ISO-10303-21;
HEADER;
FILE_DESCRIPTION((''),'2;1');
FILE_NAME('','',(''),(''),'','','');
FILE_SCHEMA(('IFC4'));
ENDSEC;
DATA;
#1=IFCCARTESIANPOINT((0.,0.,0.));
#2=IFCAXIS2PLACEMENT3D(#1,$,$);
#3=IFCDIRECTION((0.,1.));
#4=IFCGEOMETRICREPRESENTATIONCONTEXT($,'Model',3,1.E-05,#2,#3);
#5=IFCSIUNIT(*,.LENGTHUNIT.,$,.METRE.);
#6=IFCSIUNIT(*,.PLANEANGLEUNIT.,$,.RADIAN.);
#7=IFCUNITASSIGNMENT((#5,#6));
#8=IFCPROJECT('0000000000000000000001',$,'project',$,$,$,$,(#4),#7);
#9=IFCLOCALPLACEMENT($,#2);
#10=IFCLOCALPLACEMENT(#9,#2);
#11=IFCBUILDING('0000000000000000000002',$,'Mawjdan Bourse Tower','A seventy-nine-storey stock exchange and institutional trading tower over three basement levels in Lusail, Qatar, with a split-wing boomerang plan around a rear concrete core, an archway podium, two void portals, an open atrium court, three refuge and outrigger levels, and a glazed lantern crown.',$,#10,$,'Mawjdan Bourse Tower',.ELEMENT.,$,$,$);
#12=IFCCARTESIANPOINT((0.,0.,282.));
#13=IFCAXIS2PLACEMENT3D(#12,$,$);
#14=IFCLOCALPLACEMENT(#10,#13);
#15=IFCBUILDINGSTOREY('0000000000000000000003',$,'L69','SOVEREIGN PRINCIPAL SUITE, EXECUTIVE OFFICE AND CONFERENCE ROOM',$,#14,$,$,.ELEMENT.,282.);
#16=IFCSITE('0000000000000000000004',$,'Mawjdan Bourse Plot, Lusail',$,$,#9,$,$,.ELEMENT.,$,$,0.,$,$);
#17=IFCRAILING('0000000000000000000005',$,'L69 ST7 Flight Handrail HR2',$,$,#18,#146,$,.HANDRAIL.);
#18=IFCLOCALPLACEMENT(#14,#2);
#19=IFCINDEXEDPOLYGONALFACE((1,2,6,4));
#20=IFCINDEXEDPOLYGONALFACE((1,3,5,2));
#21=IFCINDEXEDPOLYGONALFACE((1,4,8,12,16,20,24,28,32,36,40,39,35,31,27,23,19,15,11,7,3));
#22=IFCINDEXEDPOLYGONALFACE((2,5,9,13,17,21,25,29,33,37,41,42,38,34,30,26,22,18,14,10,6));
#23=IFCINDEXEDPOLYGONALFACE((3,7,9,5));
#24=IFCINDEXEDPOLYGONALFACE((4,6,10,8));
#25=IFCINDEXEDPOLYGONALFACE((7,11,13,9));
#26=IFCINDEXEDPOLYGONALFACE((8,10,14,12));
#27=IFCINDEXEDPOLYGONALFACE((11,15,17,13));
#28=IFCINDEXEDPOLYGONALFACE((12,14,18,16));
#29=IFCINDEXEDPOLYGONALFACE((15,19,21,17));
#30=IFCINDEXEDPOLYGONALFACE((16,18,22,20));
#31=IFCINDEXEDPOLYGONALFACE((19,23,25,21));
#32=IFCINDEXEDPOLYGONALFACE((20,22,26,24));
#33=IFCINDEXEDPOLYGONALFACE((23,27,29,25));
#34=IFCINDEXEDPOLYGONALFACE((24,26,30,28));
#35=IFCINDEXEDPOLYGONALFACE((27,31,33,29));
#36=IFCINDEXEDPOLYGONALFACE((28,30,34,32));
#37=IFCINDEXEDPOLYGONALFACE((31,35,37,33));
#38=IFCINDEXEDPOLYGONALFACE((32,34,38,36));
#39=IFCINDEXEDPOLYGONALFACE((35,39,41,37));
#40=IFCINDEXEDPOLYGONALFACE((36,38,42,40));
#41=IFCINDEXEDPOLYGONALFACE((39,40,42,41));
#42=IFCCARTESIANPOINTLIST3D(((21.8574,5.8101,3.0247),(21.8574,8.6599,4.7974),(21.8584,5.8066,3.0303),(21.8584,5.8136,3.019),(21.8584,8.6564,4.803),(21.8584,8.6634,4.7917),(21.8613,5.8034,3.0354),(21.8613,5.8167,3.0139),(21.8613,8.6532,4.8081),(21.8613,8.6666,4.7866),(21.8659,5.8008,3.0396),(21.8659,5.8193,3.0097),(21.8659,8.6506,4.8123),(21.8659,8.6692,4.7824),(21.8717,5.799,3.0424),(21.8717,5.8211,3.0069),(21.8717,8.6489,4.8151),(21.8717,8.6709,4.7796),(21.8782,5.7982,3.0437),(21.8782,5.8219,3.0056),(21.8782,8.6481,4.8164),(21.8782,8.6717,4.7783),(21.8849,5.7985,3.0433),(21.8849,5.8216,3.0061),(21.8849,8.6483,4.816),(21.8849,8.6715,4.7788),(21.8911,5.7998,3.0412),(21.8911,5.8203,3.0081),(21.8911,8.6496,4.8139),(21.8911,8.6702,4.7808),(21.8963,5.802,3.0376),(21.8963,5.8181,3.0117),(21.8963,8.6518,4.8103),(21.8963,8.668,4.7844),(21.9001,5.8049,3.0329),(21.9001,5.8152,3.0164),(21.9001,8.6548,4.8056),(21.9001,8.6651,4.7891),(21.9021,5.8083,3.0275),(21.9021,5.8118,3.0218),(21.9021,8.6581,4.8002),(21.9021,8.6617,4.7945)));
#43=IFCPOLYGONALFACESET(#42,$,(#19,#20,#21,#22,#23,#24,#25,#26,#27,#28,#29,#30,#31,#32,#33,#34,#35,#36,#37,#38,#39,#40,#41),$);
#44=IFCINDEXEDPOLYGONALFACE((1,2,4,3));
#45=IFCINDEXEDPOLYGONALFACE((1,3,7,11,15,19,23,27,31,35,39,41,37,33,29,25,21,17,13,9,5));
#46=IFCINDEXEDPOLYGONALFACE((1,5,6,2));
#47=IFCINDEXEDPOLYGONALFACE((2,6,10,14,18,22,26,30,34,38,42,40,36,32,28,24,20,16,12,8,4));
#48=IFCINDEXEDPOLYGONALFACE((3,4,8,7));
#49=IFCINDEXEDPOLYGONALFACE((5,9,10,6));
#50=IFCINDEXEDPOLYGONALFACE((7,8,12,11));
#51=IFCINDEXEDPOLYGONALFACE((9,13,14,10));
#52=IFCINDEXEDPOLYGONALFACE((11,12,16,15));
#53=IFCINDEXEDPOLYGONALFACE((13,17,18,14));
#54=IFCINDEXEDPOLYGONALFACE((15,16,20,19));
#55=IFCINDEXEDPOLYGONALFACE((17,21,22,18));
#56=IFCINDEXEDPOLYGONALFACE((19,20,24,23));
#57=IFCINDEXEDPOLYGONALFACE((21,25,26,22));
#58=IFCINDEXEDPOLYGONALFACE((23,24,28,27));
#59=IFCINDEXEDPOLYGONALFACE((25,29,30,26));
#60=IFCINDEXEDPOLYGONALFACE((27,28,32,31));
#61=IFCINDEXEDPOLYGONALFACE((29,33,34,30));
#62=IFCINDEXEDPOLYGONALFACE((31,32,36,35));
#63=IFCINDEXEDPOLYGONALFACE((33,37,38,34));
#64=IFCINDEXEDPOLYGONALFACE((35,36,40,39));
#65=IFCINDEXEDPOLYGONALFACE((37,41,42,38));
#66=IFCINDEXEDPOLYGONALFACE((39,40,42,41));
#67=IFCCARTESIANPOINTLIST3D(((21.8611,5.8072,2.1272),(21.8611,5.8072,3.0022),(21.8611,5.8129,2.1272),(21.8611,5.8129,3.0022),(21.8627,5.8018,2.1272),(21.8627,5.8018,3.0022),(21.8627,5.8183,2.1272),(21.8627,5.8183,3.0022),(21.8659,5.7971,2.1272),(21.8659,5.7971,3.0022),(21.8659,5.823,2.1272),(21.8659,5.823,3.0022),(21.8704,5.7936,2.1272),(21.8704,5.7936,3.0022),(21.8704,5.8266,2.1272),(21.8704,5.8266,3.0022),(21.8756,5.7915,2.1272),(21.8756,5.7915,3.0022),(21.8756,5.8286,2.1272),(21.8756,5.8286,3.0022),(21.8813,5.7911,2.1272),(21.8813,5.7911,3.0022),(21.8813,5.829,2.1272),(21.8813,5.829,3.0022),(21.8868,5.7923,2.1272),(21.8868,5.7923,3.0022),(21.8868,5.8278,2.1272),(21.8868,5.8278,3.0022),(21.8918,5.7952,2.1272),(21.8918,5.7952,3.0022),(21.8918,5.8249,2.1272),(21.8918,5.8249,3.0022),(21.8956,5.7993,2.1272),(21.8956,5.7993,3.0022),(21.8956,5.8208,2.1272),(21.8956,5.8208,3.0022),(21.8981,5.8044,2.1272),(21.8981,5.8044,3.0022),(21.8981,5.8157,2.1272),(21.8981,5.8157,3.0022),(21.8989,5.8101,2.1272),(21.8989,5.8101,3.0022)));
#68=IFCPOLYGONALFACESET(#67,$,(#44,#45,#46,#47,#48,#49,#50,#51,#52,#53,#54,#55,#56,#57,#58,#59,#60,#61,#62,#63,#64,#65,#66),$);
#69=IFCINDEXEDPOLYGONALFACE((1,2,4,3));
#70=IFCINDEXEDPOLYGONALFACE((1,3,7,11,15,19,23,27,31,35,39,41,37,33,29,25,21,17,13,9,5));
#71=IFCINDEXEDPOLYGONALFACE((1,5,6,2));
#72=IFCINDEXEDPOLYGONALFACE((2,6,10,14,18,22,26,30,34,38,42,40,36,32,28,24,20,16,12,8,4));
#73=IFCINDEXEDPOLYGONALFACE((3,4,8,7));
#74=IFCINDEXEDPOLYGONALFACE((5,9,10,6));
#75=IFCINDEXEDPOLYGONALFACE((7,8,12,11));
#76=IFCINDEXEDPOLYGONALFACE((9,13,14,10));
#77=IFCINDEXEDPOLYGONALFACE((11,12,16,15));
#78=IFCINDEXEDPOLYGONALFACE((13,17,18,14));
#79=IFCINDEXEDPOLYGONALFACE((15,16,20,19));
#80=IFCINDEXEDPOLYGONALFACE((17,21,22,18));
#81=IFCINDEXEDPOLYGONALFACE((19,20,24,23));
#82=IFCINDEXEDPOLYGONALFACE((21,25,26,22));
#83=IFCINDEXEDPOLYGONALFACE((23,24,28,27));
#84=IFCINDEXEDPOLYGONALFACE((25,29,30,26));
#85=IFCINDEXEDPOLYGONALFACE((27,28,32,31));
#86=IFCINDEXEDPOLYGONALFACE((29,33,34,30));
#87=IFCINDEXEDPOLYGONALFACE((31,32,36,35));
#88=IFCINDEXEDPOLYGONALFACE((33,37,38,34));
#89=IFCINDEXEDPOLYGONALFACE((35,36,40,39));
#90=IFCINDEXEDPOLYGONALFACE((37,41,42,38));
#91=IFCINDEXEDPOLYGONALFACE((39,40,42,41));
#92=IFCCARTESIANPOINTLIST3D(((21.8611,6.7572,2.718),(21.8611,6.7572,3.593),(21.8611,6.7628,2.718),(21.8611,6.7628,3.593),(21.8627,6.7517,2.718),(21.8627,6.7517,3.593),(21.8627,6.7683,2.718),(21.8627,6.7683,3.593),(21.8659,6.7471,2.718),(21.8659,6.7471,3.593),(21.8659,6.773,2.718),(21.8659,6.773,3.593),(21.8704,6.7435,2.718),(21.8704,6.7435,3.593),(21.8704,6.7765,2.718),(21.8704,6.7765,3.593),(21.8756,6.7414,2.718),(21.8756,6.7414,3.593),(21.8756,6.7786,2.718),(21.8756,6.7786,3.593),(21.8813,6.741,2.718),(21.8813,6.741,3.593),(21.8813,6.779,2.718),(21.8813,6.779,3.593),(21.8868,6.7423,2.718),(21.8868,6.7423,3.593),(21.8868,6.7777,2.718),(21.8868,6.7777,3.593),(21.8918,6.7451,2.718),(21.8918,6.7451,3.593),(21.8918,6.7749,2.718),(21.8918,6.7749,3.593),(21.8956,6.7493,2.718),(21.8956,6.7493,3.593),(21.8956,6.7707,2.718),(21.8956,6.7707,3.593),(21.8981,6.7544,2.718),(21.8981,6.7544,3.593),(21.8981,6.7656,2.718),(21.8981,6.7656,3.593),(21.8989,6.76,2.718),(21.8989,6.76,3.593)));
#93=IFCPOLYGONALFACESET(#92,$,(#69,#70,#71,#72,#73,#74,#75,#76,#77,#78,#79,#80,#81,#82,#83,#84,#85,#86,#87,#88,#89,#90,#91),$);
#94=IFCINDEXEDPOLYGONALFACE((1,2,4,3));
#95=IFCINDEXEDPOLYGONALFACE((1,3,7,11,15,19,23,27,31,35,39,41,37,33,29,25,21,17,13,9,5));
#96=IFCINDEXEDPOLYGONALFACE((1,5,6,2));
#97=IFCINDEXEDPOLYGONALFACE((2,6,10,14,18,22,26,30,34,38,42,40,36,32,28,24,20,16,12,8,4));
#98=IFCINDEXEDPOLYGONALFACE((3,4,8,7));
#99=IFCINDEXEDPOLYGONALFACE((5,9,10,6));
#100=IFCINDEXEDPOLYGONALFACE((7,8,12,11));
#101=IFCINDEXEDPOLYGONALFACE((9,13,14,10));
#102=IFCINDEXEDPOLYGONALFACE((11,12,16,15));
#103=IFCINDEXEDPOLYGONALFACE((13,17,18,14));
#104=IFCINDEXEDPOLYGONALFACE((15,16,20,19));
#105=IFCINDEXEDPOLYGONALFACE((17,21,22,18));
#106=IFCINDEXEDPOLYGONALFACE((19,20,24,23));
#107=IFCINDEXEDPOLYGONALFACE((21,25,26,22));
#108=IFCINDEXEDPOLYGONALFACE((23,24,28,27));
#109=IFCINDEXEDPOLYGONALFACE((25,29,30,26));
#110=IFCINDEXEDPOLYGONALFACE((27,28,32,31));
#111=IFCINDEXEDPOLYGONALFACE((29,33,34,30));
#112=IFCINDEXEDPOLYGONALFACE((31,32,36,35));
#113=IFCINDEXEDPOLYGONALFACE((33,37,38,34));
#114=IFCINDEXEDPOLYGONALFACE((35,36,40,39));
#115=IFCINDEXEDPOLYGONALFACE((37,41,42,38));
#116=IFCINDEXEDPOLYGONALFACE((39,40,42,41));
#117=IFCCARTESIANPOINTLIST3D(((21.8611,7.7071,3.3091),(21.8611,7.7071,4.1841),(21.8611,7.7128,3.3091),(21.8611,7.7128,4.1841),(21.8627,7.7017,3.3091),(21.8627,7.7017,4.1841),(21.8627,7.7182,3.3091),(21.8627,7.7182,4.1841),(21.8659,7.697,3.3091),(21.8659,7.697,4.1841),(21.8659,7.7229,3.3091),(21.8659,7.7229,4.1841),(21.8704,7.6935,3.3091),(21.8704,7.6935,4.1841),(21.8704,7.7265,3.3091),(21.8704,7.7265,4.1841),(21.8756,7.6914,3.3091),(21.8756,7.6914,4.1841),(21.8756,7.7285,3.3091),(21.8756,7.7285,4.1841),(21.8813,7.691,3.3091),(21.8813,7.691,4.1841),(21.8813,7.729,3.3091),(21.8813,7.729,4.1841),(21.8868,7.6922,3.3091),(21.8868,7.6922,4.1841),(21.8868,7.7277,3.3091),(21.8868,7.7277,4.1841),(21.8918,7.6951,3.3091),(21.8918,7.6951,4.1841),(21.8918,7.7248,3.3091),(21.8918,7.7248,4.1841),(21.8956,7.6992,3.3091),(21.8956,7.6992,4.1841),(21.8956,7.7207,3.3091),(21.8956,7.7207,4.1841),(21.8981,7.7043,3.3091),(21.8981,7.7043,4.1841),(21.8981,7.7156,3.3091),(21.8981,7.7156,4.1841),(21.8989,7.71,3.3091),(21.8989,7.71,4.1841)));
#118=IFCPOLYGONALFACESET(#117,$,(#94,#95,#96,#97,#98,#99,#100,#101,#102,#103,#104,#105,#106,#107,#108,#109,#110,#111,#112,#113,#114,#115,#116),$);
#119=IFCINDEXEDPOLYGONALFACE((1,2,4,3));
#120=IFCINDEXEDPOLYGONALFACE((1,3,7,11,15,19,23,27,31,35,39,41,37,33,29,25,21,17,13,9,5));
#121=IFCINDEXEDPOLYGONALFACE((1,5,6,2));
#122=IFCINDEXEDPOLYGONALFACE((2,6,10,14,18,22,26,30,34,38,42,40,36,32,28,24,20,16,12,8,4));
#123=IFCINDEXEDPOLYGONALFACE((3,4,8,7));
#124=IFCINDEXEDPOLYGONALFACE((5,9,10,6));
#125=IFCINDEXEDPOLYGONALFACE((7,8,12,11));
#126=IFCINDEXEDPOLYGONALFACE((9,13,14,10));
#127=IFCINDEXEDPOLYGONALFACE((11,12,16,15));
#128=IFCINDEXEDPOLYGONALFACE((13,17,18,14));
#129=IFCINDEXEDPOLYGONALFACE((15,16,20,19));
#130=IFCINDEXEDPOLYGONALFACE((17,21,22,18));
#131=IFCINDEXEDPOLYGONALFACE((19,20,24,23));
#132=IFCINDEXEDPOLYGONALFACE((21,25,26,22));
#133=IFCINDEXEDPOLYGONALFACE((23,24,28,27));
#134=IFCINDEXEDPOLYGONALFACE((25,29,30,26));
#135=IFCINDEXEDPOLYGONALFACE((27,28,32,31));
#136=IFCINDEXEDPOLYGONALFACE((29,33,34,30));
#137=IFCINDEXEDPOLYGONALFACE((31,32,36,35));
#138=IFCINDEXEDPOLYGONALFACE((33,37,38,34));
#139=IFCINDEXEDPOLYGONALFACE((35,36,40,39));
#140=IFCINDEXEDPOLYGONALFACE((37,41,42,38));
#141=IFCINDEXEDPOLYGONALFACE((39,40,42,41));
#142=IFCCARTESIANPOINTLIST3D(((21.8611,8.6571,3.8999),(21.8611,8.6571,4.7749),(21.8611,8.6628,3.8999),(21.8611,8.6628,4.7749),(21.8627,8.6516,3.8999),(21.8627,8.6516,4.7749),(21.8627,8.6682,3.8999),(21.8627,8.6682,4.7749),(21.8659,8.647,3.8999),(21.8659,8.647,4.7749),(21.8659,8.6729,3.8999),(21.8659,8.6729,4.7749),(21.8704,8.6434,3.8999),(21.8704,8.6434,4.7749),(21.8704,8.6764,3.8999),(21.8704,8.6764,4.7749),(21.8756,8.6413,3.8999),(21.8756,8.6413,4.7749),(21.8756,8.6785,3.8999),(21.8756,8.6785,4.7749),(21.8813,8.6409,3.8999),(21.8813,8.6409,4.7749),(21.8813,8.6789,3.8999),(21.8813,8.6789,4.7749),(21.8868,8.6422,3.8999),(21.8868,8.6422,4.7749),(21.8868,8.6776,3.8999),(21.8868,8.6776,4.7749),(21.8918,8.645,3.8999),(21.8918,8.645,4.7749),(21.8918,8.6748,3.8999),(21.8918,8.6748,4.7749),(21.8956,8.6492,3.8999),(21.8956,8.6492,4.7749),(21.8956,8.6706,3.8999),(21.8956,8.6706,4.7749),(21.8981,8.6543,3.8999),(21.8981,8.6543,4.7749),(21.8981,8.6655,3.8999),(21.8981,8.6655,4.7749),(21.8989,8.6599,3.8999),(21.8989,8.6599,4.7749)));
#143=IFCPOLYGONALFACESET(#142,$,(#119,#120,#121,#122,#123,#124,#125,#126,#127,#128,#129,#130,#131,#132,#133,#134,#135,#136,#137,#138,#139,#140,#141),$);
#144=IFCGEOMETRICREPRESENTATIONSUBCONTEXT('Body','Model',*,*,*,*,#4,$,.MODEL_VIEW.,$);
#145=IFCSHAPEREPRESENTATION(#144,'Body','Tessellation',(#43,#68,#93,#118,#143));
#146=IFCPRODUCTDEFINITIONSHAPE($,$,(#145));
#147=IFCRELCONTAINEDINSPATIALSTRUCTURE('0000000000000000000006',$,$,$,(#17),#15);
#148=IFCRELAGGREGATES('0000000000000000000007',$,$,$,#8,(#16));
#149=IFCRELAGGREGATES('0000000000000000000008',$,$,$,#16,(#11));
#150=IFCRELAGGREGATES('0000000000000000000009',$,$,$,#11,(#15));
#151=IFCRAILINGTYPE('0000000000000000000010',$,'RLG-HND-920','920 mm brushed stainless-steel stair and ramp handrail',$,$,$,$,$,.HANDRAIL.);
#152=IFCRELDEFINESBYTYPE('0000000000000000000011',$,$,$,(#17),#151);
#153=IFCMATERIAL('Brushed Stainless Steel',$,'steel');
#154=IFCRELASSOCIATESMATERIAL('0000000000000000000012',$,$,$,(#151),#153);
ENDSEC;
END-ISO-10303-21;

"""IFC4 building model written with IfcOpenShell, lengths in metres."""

from ifc_helpers import new_model, si_unit, direction, frame, origin, origin_2d, place, context, subcontext, project, spatial, circle, extrude, material, type_object, element, save


model = new_model("IFC4")

# Units and contexts
model_context = context("Model", 3, precision=1e-05, world=origin(), true_north=direction((0.0, 1.0)))
body_context = subcontext(model_context, "Body", "Model", "MODEL_VIEW")
ifc_project = project(units=[si_unit("LENGTHUNIT", "METRE"), si_unit("PLANEANGLEUNIT", "RADIAN")], contexts=[model_context])

# Site, building, storey
site_placement = place(None, origin())
site = spatial("IfcSite", under=ifc_project, at=site_placement, Name="Mawjdan Bourse Plot, Lusail", CompositionType="ELEMENT", RefElevation=0.0)
building_placement = place(site_placement, origin())
building = spatial("IfcBuilding", under=site, at=building_placement, Name="Mawjdan Bourse Tower", Description="A seventy-nine-storey stock exchange and institutional trading tower over three basement levels in Lusail, Qatar, with a split-wing boomerang plan around a rear concrete core, an archway podium, two void portals, an open atrium court, three refuge and outrigger levels, and a glazed lantern crown.", LongName="Mawjdan Bourse Tower", CompositionType="ELEMENT")
storey_placement = place(building_placement, frame((0.0, 0.0, 282.0)))
storey = spatial("IfcBuildingStorey", under=building, at=storey_placement, Name="L69", Description="SOVEREIGN PRINCIPAL SUITE, EXECUTIVE OFFICE AND CONFERENCE ROOM", CompositionType="ELEMENT", Elevation=282.0)

# Railing
ifc_material_1 = material(Name="Brushed Stainless Steel", Category="steel")
railing_type_1 = type_object("IfcRailingType", Name="RLG-HND-920", Description="920 mm brushed stainless-steel stair and ramp handrail", PredefinedType="HANDRAIL", material=ifc_material_1)
railing_1_placement = place(storey_placement, frame((21.8799, 5.8101, 2.1272)))
element("IfcRailing", 1, at=railing_1_placement, inside=storey, type_object=railing_type_1, Name="L69 ST7 Flight Handrail HR2", PredefinedType="HANDRAIL", context=body_context, shape_type="SweptSolid", body=[
    extrude(circle(Radius=0.0225, at=origin_2d()), frame((0.0, 0.0, 0.8975), z_axis=(0.0, 0.849128, 0.528187), x_axis=(-1.0, 0.0, 0.0)), (0.0, 0.0, 1.0), 3.3562),
    extrude(circle(Radius=0.019, at=origin_2d()), origin(), (0.0, 0.0, 1.0), 0.875),
    extrude(circle(Radius=0.019, at=origin_2d()), frame((0.0, 0.95, 0.5908)), (0.0, 0.0, 1.0), 0.875),
    extrude(circle(Radius=0.019, at=origin_2d()), frame((0.0, 1.8999, 1.1819)), (0.0, 0.0, 1.0), 0.875),
    extrude(circle(Radius=0.019, at=origin_2d()), frame((0.0, 2.8499, 1.7727)), (0.0, 0.0, 1.0), 0.875),
])

save(model, "model.ifc")
